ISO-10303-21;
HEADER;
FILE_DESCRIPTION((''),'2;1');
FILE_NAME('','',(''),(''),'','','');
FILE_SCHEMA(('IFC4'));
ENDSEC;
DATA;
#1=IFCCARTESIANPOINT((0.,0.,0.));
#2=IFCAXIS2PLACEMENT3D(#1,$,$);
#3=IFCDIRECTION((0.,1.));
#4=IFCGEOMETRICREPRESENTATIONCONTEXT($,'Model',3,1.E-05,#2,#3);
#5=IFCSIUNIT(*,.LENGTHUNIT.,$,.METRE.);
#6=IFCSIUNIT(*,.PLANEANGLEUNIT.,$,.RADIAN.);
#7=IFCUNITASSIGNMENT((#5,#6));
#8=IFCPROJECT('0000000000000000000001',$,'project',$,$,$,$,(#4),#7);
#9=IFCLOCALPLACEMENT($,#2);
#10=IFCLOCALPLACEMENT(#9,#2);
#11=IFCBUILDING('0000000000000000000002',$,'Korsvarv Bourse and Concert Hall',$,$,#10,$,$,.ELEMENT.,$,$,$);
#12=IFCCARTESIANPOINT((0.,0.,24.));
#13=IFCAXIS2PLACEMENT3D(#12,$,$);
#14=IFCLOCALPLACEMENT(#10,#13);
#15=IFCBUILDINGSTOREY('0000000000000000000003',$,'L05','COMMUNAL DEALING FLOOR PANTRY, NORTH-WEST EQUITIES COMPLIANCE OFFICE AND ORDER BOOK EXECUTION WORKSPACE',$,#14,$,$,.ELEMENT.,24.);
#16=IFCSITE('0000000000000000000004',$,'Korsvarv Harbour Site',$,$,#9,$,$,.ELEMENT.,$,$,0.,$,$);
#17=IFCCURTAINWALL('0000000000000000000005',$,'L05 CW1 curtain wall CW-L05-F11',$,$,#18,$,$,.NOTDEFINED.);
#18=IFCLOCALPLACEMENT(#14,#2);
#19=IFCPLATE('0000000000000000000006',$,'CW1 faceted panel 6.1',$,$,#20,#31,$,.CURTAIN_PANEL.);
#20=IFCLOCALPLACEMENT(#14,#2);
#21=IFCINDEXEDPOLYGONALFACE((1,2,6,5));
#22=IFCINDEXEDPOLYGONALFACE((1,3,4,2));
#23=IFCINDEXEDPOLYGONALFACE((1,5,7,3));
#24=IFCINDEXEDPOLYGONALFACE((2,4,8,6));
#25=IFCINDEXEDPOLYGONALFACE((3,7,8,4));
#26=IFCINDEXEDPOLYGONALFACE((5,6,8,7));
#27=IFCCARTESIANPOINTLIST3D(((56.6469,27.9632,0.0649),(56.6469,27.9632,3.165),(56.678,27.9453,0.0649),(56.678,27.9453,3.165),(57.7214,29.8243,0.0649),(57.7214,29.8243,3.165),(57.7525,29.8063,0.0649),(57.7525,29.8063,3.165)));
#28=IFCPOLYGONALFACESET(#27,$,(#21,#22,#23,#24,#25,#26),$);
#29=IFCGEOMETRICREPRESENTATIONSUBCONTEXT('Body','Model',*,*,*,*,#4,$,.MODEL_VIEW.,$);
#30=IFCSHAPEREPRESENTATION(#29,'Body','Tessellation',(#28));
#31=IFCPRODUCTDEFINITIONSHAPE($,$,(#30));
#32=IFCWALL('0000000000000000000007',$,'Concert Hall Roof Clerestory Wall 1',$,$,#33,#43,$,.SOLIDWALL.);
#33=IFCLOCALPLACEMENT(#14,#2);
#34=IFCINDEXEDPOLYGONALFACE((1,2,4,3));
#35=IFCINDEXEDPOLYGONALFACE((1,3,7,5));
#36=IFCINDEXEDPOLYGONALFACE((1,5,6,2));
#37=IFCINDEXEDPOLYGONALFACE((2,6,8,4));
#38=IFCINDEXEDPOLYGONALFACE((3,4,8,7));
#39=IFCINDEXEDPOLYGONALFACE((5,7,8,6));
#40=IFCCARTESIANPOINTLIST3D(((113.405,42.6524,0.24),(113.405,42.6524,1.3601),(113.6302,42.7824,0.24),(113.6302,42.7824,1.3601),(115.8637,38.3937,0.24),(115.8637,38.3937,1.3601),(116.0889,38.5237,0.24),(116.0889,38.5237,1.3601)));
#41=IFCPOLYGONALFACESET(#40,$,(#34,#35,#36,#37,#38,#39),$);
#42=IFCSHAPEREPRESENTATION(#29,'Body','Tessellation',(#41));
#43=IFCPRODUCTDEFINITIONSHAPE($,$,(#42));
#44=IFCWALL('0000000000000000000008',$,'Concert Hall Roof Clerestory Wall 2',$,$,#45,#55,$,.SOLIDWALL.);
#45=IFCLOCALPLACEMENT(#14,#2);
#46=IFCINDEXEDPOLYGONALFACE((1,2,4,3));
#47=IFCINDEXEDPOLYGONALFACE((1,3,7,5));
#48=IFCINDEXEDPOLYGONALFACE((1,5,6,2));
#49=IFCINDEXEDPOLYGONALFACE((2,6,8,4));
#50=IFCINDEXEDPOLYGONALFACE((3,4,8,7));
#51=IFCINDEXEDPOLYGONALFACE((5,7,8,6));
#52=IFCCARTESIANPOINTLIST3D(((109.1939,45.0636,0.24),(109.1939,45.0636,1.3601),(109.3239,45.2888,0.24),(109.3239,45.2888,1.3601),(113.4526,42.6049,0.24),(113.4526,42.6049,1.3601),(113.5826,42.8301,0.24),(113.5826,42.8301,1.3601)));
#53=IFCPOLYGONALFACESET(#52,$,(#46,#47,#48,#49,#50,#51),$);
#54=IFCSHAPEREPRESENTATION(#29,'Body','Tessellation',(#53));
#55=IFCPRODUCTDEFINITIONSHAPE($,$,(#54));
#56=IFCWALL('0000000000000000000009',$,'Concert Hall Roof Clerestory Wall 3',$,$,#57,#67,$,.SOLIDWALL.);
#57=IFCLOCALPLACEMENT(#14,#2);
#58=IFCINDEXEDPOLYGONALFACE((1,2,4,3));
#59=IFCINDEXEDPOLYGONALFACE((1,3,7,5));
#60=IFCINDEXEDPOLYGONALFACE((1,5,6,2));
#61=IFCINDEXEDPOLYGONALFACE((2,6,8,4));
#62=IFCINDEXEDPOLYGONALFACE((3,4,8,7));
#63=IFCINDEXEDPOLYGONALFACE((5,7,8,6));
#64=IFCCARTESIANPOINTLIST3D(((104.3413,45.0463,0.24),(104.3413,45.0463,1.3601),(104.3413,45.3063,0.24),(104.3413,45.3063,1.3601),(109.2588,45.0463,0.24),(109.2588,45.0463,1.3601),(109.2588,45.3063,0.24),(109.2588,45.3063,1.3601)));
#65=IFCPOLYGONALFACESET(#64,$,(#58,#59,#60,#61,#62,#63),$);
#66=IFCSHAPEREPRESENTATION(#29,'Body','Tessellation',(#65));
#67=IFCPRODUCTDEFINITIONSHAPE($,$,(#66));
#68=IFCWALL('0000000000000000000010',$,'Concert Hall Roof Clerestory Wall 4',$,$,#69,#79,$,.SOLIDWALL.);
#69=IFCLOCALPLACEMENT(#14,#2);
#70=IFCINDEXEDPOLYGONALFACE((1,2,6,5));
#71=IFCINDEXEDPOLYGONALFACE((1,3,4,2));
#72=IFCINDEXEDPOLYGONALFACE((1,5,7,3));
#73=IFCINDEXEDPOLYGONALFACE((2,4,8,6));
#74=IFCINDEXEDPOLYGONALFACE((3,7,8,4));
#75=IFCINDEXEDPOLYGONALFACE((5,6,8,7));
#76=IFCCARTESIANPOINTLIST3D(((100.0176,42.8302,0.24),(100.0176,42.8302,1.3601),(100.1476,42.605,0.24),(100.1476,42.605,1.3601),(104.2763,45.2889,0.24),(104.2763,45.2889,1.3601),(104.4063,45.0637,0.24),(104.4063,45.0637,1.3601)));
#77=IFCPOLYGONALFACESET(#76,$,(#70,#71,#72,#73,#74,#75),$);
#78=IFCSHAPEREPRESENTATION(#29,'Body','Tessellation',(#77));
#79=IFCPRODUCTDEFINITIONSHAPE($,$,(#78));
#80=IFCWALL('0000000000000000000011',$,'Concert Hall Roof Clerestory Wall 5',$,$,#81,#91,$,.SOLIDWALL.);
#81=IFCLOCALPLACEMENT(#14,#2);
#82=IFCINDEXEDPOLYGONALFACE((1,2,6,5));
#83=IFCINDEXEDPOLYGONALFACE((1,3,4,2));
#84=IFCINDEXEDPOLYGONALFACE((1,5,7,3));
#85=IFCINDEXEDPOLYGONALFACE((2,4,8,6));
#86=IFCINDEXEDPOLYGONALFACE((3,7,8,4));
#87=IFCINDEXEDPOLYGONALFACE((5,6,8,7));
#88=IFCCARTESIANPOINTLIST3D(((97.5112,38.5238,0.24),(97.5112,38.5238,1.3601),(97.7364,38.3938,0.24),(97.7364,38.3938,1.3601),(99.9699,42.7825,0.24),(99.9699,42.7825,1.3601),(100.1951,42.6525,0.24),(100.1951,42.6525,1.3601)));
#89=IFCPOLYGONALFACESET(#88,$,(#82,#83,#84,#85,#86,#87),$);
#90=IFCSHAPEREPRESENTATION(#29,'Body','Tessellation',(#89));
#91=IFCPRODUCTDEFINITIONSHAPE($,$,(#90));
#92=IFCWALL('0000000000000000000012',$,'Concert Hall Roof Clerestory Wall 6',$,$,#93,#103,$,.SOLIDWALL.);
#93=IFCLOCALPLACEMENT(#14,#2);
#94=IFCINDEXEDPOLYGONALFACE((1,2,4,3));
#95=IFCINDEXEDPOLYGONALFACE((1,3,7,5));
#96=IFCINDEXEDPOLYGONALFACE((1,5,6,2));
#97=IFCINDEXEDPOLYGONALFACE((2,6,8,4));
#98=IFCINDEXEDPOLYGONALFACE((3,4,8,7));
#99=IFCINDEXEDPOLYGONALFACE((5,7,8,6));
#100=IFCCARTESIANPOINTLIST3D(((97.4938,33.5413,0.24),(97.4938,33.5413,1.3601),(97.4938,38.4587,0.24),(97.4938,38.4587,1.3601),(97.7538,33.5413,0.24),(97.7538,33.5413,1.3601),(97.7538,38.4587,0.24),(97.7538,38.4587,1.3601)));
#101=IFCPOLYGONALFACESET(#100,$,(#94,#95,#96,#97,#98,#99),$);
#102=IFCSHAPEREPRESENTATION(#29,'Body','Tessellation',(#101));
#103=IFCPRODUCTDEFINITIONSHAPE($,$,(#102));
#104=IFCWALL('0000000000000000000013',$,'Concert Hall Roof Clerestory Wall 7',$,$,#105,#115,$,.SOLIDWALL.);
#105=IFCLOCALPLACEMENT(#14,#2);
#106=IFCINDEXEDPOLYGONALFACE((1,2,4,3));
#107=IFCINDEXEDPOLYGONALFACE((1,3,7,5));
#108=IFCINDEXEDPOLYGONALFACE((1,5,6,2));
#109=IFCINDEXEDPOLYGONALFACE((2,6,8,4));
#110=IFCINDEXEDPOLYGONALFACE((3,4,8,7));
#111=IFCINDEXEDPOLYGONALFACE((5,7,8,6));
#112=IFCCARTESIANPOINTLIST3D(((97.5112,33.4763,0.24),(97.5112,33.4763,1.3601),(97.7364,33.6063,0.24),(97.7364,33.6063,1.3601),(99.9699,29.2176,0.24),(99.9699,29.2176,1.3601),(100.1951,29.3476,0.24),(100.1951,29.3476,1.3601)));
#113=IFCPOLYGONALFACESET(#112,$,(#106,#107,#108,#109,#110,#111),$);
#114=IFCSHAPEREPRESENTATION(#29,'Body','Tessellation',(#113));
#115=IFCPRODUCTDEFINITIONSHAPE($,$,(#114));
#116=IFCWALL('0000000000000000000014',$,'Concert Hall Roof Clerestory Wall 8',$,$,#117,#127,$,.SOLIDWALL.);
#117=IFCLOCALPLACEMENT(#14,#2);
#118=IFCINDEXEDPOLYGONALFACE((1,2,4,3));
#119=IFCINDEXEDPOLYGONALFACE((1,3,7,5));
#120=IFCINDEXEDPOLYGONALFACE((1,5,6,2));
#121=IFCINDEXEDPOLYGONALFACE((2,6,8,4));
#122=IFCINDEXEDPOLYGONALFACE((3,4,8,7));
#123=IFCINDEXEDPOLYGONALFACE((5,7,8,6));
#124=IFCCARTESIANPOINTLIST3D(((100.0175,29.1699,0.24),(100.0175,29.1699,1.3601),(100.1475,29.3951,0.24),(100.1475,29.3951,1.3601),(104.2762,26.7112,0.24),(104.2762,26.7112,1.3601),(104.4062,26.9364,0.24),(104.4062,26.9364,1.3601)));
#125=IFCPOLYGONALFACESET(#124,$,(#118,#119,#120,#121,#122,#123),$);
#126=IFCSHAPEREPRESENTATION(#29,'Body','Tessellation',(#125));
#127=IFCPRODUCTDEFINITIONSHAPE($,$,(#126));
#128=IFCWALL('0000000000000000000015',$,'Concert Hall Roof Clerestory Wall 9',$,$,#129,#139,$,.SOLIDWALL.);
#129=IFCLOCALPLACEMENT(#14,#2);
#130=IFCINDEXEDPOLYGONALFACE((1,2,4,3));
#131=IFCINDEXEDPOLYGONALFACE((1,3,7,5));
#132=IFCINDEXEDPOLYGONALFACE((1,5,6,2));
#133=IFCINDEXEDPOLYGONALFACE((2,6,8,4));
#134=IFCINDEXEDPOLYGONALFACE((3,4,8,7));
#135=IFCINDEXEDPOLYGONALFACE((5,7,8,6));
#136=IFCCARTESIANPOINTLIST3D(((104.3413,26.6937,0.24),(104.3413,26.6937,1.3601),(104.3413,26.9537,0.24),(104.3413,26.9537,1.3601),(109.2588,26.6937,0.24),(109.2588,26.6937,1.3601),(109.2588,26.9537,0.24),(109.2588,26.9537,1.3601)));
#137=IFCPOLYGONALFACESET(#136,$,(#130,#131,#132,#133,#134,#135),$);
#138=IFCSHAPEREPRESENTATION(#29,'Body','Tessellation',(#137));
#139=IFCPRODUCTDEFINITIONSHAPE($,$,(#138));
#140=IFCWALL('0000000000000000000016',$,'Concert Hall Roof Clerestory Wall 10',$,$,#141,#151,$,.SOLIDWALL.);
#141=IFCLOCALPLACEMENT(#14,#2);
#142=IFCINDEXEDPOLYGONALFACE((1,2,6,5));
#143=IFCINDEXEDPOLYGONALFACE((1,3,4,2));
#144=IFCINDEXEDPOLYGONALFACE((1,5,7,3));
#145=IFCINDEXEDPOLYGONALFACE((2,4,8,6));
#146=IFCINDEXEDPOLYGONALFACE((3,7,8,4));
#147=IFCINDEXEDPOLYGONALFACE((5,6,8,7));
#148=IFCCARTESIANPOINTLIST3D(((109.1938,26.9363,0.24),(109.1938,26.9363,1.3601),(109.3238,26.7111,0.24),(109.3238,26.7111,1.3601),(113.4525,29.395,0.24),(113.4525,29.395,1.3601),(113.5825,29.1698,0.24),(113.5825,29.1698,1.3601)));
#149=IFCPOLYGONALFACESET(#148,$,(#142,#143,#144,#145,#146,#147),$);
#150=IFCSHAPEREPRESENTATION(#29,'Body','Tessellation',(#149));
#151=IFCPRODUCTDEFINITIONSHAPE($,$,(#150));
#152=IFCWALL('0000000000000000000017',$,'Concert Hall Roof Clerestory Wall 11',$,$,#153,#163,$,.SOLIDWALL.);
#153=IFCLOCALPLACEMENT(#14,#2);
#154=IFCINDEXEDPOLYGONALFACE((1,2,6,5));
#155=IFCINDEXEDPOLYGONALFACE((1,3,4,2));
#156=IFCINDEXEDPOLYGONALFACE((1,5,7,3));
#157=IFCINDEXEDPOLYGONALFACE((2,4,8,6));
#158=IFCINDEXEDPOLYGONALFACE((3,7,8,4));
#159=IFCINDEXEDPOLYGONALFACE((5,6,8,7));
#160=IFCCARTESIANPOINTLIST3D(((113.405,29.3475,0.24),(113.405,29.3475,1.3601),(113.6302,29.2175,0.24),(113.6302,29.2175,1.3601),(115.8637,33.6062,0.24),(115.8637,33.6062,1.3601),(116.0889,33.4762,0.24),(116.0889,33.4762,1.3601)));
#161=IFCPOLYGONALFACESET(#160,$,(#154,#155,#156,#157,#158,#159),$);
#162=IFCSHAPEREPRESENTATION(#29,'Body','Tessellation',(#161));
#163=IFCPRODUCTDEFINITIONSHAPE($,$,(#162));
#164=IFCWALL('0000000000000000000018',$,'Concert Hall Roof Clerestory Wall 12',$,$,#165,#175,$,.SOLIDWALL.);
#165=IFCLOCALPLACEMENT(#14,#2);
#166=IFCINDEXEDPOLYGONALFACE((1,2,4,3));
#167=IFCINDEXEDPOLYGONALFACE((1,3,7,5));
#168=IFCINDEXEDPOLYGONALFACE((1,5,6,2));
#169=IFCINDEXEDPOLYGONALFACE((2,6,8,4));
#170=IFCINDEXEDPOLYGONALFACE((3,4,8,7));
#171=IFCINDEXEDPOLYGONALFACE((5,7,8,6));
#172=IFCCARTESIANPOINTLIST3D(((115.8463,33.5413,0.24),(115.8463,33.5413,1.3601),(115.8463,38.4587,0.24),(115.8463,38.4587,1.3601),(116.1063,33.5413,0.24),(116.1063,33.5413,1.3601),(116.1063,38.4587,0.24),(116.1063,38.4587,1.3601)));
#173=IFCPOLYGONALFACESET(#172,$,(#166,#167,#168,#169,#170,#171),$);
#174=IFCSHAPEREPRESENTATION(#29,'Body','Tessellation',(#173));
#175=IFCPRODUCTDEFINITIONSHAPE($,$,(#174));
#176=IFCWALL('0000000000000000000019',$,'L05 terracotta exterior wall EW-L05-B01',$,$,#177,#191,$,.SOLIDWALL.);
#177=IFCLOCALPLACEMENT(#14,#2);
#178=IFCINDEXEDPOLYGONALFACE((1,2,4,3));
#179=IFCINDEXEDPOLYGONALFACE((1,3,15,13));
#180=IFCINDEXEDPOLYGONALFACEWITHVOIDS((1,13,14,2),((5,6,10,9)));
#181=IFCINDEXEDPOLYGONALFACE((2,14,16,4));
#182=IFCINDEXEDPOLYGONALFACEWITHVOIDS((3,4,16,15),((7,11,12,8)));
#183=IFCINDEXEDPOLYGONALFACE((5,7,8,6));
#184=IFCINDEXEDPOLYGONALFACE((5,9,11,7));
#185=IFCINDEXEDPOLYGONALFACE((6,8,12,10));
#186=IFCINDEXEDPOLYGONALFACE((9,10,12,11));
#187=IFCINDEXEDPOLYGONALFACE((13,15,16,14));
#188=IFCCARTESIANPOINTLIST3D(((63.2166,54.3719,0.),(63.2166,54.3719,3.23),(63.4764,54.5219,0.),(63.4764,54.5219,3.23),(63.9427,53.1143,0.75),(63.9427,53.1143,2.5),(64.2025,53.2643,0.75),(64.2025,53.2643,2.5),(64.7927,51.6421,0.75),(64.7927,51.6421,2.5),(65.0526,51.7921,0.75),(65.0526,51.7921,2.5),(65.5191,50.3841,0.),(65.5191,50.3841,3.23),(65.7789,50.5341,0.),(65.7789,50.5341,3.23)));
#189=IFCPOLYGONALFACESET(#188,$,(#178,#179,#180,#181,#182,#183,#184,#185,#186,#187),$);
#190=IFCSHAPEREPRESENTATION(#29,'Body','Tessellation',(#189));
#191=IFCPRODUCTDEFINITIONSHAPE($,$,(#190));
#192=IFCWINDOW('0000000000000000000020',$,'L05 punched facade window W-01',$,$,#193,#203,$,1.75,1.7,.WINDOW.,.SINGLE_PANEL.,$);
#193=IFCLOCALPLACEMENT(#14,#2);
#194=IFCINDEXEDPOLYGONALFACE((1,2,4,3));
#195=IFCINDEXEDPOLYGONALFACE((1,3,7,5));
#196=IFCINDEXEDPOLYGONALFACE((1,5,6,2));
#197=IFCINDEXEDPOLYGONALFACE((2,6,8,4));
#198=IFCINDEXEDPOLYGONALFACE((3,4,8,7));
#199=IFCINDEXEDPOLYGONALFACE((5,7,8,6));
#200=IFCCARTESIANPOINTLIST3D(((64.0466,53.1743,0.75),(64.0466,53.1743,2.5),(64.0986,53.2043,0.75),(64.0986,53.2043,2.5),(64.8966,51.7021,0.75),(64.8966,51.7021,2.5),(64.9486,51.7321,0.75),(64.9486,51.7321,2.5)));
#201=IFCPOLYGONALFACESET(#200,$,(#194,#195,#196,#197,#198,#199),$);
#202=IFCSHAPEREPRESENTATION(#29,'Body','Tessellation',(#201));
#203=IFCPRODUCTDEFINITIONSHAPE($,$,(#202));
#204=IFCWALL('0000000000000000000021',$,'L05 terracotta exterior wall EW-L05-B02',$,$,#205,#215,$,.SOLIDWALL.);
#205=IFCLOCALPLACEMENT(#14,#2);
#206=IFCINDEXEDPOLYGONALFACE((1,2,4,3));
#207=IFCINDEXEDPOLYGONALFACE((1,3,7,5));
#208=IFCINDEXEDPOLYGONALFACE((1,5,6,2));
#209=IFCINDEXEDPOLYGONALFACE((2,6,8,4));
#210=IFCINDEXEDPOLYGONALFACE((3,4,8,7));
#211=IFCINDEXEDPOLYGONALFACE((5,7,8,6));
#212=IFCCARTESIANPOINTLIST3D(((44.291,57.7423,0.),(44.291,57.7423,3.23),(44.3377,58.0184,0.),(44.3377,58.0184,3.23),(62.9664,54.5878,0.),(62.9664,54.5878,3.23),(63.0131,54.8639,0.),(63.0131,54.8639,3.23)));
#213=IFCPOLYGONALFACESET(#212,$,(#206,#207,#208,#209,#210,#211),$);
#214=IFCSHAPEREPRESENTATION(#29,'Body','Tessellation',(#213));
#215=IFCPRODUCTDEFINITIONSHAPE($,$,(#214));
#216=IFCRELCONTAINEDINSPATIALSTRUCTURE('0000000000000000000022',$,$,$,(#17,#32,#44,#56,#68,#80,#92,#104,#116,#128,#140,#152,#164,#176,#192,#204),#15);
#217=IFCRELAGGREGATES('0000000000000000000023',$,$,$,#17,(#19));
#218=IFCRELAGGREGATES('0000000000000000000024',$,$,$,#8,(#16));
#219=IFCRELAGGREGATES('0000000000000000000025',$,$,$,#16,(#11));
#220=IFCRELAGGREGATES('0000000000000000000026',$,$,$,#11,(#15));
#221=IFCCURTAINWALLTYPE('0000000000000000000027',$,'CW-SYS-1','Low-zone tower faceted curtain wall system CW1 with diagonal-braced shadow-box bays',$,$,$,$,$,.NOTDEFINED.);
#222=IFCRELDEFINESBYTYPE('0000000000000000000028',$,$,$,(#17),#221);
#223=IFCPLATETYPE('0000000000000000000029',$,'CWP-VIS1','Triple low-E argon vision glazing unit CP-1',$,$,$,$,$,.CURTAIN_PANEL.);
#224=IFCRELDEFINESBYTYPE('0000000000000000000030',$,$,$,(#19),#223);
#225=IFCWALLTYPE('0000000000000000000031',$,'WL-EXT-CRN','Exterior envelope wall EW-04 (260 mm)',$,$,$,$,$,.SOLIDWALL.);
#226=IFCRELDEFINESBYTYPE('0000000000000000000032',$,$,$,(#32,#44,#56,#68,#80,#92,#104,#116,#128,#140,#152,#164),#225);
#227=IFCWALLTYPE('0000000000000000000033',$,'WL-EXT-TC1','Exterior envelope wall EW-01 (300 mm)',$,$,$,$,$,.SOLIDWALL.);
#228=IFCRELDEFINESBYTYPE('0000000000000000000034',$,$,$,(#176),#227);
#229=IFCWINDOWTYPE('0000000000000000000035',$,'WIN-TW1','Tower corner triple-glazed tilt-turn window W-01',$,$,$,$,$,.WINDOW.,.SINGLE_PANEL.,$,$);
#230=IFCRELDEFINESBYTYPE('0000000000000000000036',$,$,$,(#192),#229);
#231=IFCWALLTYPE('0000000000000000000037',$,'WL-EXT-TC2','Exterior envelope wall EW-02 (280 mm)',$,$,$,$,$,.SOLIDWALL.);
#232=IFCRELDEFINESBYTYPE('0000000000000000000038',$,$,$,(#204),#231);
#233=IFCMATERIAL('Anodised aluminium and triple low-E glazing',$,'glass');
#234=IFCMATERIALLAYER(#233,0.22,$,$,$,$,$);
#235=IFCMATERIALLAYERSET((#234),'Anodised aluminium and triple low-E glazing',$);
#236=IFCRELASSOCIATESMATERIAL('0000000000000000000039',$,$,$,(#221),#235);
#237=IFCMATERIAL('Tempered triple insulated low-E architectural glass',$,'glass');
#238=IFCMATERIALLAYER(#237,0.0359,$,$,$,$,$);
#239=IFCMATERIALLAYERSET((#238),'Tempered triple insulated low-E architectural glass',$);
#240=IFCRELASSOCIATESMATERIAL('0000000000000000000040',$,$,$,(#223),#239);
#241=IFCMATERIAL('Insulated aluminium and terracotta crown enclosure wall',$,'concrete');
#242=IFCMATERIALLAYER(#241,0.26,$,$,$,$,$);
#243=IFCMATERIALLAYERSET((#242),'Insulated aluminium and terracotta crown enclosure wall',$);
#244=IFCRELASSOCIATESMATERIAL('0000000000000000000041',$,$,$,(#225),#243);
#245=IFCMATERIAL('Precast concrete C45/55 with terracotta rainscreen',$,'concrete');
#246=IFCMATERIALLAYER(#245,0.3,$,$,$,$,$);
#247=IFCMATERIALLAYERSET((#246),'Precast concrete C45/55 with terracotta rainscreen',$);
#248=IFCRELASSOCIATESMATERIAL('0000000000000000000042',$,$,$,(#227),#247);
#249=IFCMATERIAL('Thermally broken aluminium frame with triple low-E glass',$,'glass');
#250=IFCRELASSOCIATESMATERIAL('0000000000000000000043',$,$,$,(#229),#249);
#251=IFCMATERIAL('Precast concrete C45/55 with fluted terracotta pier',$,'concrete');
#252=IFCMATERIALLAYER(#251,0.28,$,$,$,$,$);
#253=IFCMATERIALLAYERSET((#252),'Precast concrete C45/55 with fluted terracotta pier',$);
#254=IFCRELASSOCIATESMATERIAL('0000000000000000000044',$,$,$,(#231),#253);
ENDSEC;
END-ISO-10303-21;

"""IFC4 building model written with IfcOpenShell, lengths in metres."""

from ifc_helpers import new_model, si_unit, direction, frame, frame_2d, origin, origin_2d, place, context, subcontext, project, spatial, rectangle, extrude, source, transform, mapped, material, layer, layer_set, type_object, element, fill, aggregate, save


model = new_model("IFC4")

# Units and contexts
model_context = context("Model", 3, precision=1e-05, world=origin(), true_north=direction((0.0, 1.0)))
body_context = subcontext(model_context, "Body", "Model", "MODEL_VIEW")
ifc_project = project(units=[si_unit("LENGTHUNIT", "METRE"), si_unit("PLANEANGLEUNIT", "RADIAN")], contexts=[model_context])

# Site, building, storey
site_placement = place(None, origin())
site = spatial("IfcSite", under=ifc_project, at=site_placement, Name="Korsvarv Harbour Site", CompositionType="ELEMENT", RefElevation=0.0)
building_placement = place(site_placement, origin())
building = spatial("IfcBuilding", under=site, at=building_placement, Name="Korsvarv Bourse and Concert Hall", CompositionType="ELEMENT")
storey_placement = place(building_placement, frame((0.0, 0.0, 24.0)))
storey = spatial("IfcBuildingStorey", under=building, at=storey_placement, Name="L05", Description="COMMUNAL DEALING FLOOR PANTRY, NORTH-WEST EQUITIES COMPLIANCE OFFICE AND ORDER BOOK EXECUTION WORKSPACE", CompositionType="ELEMENT", Elevation=24.0)

# Curtain wall
ifc_material_1 = material(Name="Anodised aluminium and triple low-E glazing", Category="glass")
ifc_layer_1 = layer(ifc_material_1, 0.22)
ifc_layer_set_1 = layer_set([ifc_layer_1], Name="Anodised aluminium and triple low-E glazing")
curtain_wall_type = type_object("IfcCurtainWallType", Name="CW-SYS-1", Description="Low-zone tower faceted curtain wall system CW1 with diagonal-braced shadow-box bays", PredefinedType="NOTDEFINED", material=ifc_layer_set_1)
curtain_wall_placement = place(storey_placement, origin())
curtain_wall = element("IfcCurtainWall", 1, at=curtain_wall_placement, inside=storey, type_object=curtain_wall_type, Name="L05 CW1 curtain wall CW-L05-F11", PredefinedType="NOTDEFINED")

# Plate
ifc_material_2 = material(Name="Tempered triple insulated low-E architectural glass", Category="glass")
ifc_layer_2 = layer(ifc_material_2, 0.0359)
ifc_layer_set_2 = layer_set([ifc_layer_2], Name="Tempered triple insulated low-E architectural glass")
plate_type_1 = type_object("IfcPlateType", Name="CWP-VIS1", Description="Triple low-E argon vision glazing unit CP-1", PredefinedType="CURTAIN_PANEL", material=ifc_layer_set_2)
shared_shape_1 = source(origin(), body_context, "Body", "SweptSolid", [
    extrude(rectangle(XDim=2.1489, YDim=0.0359, at=origin_2d()), origin(), (0.0, 0.0, 1.0), 3.1001),
])
plate_1_placement = place(storey_placement, frame((57.1997, 28.8848, 0.0649), z_axis=(0.0, 0.0, 1.0), x_axis=(0.499995, 0.866029, 0.0)))
plate_1 = element("IfcPlate", 2, at=plate_1_placement, type_object=plate_type_1, Name="CW1 faceted panel 6.1", PredefinedType="CURTAIN_PANEL", context=body_context, shape_type="MappedRepresentation", body=[
    mapped(shared_shape_1, transform((0.0, 0.0, 0.0), scale=1.0)),
])
aggregate(curtain_wall, [plate_1])

# Walls
ifc_material_3 = material(Name="Insulated aluminium and terracotta crown enclosure wall", Category="concrete")
ifc_layer_3 = layer(ifc_material_3, 0.26)
ifc_layer_set_3 = layer_set([ifc_layer_3], Name="Insulated aluminium and terracotta crown enclosure wall")
wall_type_1 = type_object("IfcWallType", Name="WL-EXT-CRN", Description="Exterior envelope wall EW-04 (260 mm)", PredefinedType="SOLIDWALL", material=ifc_layer_set_3)
for number, where, z_axis, x_axis, name in (
    (3, (115.9763, 38.4587, 0.24), (0.0, 0.0, 1.0), (-0.499989, 0.866032, 0.0), "Concert Hall Roof Clerestory Wall 1"),
    (4, (113.5176, 42.7175, 0.24), (0.0, 0.0, 1.0), (-0.866032, 0.499989, 0.0), "Concert Hall Roof Clerestory Wall 2"),
    (5, (109.2588, 45.1763, 0.24), (0.0, 0.0, 1.0), (-1.0, 0.0, 0.0), "Concert Hall Roof Clerestory Wall 3"),
    (6, (104.3413, 45.1763, 0.24), (0.0, 0.0, 1.0), (-0.866032, -0.499989, 0.0), "Concert Hall Roof Clerestory Wall 4"),
    (7, (100.0825, 42.7175, 0.24), (0.0, 0.0, 1.0), (-0.499989, -0.866032, 0.0), "Concert Hall Roof Clerestory Wall 5"),
    (8, (97.6238, 38.4587, 0.24), (0.0, 0.0, 1.0), (0.0, -1.0, 0.0), "Concert Hall Roof Clerestory Wall 6"),
    (9, (97.6238, 33.5413, 0.24), (0.0, 0.0, 1.0), (0.499989, -0.866032, 0.0), "Concert Hall Roof Clerestory Wall 7"),
    (10, (100.0825, 29.2825, 0.24), (0.0, 0.0, 1.0), (0.866032, -0.499989, 0.0), "Concert Hall Roof Clerestory Wall 8"),
    (11, (104.3413, 26.8237, 0.24), (0.0, 0.0, 1.0), (1.0, 0.0, 0.0), "Concert Hall Roof Clerestory Wall 9"),
    (12, (109.2588, 26.8237, 0.24), (0.0, 0.0, 1.0), (0.866032, 0.499989, 0.0), "Concert Hall Roof Clerestory Wall 10"),
    (13, (113.5176, 29.2825, 0.24), (0.0, 0.0, 1.0), (0.499989, 0.866032, 0.0), "Concert Hall Roof Clerestory Wall 11"),
    (14, (115.9763, 33.5413, 0.24), (0.0, 0.0, 1.0), (0.0, 1.0, 0.0), "Concert Hall Roof Clerestory Wall 12"),
):
    element("IfcWall", number, at=place(storey_placement, frame(where, z_axis=z_axis, x_axis=x_axis)), inside=storey, type_object=wall_type_1, Name=name, PredefinedType="SOLIDWALL", context=body_context, shape_type="SweptSolid", body=[
        extrude(rectangle(XDim=4.9175, YDim=0.26, at=frame_2d((2.4587, 0.0))), origin(), (0.0, 0.0, 1.0), 1.1201),
    ])

# Wall, opening, window
ifc_material_4 = material(Name="Precast concrete C45/55 with terracotta rainscreen", Category="concrete")
ifc_layer_4 = layer(ifc_material_4, 0.3)
ifc_layer_set_4 = layer_set([ifc_layer_4], Name="Precast concrete C45/55 with terracotta rainscreen")
wall_type_2 = type_object("IfcWallType", Name="WL-EXT-TC1", Description="Exterior envelope wall EW-01 (300 mm)", PredefinedType="SOLIDWALL", material=ifc_layer_set_4)
wall_1_placement = place(storey_placement, frame((65.6489, 50.4592, 0.0), z_axis=(0.0, 0.0, 1.0), x_axis=(-0.500022, 0.866013, 0.0)))
wall_1 = element("IfcWall", 15, at=wall_1_placement, inside=storey, type_object=wall_type_2, Name="L05 terracotta exterior wall EW-L05-B01", PredefinedType="SOLIDWALL", context=body_context, shape_type="SweptSolid", body=[
    extrude(rectangle(XDim=4.6047, YDim=0.3, at=frame_2d((2.3022, 0.0))), origin(), (0.0, 0.0, 1.0), 3.23),
])
opening_placement = place(wall_1_placement, frame((1.4524, 0.0, 0.75)))
opening = element("IfcOpeningElement", 16, at=opening_placement, cuts=wall_1, PredefinedType="OPENING", context=body_context, shape_type="SweptSolid", body=[
    extrude(rectangle(XDim=1.7, YDim=1.75, at=frame_2d((0.8501, 0.875))), frame((0.0, 0.1602, 0.0), z_axis=(0.0, -1.0, 0.0), x_axis=(1.0, 0.0, 0.0)), (0.0, 0.0, 1.0), 0.3201),
])
ifc_material_5 = material(Name="Thermally broken aluminium frame with triple low-E glass", Category="glass")
window_type = type_object("IfcWindowType", Name="WIN-TW1", Description="Tower corner triple-glazed tilt-turn window W-01", PartitioningType="SINGLE_PANEL", PredefinedType="WINDOW", material=ifc_material_5)
window_placement = place(opening_placement, origin())
window = element("IfcWindow", 17, at=window_placement, inside=storey, type_object=window_type, Name="L05 punched facade window W-01", OverallHeight=1.75, OverallWidth=1.7, PartitioningType="SINGLE_PANEL", PredefinedType="WINDOW", context=body_context, shape_type="SweptSolid", body=[
    extrude(rectangle(XDim=1.7, YDim=1.75, at=frame_2d((0.8501, 0.875))), frame((0.0, 0.03, 0.0), z_axis=(0.0, -1.0, 0.0), x_axis=(1.0, 0.0, 0.0)), (0.0, 0.0, 1.0), 0.0601),
])
fill(opening, window)

# Wall
ifc_material_6 = material(Name="Precast concrete C45/55 with fluted terracotta pier", Category="concrete")
ifc_layer_5 = layer(ifc_material_6, 0.28)
ifc_layer_set_5 = layer_set([ifc_layer_5], Name="Precast concrete C45/55 with fluted terracotta pier")
wall_type_3 = type_object("IfcWallType", Name="WL-EXT-TC2", Description="Exterior envelope wall EW-02 (280 mm)", PredefinedType="SOLIDWALL", material=ifc_layer_set_5)
wall_2_placement = place(storey_placement, frame((62.9897, 54.7258, 0.0), z_axis=(0.0, 0.0, 1.0), x_axis=(-0.986032, 0.166556, 0.0)))
element("IfcWall", 18, at=wall_2_placement, inside=storey, type_object=wall_type_3, Name="L05 terracotta exterior wall EW-L05-B02", PredefinedType="SOLIDWALL", context=body_context, shape_type="SweptSolid", body=[
    extrude(rectangle(XDim=18.9399, YDim=0.28, at=frame_2d((9.47, 0.0))), origin(), (0.0, 0.0, 1.0), 3.23),
])

save(model, "model.ifc")
